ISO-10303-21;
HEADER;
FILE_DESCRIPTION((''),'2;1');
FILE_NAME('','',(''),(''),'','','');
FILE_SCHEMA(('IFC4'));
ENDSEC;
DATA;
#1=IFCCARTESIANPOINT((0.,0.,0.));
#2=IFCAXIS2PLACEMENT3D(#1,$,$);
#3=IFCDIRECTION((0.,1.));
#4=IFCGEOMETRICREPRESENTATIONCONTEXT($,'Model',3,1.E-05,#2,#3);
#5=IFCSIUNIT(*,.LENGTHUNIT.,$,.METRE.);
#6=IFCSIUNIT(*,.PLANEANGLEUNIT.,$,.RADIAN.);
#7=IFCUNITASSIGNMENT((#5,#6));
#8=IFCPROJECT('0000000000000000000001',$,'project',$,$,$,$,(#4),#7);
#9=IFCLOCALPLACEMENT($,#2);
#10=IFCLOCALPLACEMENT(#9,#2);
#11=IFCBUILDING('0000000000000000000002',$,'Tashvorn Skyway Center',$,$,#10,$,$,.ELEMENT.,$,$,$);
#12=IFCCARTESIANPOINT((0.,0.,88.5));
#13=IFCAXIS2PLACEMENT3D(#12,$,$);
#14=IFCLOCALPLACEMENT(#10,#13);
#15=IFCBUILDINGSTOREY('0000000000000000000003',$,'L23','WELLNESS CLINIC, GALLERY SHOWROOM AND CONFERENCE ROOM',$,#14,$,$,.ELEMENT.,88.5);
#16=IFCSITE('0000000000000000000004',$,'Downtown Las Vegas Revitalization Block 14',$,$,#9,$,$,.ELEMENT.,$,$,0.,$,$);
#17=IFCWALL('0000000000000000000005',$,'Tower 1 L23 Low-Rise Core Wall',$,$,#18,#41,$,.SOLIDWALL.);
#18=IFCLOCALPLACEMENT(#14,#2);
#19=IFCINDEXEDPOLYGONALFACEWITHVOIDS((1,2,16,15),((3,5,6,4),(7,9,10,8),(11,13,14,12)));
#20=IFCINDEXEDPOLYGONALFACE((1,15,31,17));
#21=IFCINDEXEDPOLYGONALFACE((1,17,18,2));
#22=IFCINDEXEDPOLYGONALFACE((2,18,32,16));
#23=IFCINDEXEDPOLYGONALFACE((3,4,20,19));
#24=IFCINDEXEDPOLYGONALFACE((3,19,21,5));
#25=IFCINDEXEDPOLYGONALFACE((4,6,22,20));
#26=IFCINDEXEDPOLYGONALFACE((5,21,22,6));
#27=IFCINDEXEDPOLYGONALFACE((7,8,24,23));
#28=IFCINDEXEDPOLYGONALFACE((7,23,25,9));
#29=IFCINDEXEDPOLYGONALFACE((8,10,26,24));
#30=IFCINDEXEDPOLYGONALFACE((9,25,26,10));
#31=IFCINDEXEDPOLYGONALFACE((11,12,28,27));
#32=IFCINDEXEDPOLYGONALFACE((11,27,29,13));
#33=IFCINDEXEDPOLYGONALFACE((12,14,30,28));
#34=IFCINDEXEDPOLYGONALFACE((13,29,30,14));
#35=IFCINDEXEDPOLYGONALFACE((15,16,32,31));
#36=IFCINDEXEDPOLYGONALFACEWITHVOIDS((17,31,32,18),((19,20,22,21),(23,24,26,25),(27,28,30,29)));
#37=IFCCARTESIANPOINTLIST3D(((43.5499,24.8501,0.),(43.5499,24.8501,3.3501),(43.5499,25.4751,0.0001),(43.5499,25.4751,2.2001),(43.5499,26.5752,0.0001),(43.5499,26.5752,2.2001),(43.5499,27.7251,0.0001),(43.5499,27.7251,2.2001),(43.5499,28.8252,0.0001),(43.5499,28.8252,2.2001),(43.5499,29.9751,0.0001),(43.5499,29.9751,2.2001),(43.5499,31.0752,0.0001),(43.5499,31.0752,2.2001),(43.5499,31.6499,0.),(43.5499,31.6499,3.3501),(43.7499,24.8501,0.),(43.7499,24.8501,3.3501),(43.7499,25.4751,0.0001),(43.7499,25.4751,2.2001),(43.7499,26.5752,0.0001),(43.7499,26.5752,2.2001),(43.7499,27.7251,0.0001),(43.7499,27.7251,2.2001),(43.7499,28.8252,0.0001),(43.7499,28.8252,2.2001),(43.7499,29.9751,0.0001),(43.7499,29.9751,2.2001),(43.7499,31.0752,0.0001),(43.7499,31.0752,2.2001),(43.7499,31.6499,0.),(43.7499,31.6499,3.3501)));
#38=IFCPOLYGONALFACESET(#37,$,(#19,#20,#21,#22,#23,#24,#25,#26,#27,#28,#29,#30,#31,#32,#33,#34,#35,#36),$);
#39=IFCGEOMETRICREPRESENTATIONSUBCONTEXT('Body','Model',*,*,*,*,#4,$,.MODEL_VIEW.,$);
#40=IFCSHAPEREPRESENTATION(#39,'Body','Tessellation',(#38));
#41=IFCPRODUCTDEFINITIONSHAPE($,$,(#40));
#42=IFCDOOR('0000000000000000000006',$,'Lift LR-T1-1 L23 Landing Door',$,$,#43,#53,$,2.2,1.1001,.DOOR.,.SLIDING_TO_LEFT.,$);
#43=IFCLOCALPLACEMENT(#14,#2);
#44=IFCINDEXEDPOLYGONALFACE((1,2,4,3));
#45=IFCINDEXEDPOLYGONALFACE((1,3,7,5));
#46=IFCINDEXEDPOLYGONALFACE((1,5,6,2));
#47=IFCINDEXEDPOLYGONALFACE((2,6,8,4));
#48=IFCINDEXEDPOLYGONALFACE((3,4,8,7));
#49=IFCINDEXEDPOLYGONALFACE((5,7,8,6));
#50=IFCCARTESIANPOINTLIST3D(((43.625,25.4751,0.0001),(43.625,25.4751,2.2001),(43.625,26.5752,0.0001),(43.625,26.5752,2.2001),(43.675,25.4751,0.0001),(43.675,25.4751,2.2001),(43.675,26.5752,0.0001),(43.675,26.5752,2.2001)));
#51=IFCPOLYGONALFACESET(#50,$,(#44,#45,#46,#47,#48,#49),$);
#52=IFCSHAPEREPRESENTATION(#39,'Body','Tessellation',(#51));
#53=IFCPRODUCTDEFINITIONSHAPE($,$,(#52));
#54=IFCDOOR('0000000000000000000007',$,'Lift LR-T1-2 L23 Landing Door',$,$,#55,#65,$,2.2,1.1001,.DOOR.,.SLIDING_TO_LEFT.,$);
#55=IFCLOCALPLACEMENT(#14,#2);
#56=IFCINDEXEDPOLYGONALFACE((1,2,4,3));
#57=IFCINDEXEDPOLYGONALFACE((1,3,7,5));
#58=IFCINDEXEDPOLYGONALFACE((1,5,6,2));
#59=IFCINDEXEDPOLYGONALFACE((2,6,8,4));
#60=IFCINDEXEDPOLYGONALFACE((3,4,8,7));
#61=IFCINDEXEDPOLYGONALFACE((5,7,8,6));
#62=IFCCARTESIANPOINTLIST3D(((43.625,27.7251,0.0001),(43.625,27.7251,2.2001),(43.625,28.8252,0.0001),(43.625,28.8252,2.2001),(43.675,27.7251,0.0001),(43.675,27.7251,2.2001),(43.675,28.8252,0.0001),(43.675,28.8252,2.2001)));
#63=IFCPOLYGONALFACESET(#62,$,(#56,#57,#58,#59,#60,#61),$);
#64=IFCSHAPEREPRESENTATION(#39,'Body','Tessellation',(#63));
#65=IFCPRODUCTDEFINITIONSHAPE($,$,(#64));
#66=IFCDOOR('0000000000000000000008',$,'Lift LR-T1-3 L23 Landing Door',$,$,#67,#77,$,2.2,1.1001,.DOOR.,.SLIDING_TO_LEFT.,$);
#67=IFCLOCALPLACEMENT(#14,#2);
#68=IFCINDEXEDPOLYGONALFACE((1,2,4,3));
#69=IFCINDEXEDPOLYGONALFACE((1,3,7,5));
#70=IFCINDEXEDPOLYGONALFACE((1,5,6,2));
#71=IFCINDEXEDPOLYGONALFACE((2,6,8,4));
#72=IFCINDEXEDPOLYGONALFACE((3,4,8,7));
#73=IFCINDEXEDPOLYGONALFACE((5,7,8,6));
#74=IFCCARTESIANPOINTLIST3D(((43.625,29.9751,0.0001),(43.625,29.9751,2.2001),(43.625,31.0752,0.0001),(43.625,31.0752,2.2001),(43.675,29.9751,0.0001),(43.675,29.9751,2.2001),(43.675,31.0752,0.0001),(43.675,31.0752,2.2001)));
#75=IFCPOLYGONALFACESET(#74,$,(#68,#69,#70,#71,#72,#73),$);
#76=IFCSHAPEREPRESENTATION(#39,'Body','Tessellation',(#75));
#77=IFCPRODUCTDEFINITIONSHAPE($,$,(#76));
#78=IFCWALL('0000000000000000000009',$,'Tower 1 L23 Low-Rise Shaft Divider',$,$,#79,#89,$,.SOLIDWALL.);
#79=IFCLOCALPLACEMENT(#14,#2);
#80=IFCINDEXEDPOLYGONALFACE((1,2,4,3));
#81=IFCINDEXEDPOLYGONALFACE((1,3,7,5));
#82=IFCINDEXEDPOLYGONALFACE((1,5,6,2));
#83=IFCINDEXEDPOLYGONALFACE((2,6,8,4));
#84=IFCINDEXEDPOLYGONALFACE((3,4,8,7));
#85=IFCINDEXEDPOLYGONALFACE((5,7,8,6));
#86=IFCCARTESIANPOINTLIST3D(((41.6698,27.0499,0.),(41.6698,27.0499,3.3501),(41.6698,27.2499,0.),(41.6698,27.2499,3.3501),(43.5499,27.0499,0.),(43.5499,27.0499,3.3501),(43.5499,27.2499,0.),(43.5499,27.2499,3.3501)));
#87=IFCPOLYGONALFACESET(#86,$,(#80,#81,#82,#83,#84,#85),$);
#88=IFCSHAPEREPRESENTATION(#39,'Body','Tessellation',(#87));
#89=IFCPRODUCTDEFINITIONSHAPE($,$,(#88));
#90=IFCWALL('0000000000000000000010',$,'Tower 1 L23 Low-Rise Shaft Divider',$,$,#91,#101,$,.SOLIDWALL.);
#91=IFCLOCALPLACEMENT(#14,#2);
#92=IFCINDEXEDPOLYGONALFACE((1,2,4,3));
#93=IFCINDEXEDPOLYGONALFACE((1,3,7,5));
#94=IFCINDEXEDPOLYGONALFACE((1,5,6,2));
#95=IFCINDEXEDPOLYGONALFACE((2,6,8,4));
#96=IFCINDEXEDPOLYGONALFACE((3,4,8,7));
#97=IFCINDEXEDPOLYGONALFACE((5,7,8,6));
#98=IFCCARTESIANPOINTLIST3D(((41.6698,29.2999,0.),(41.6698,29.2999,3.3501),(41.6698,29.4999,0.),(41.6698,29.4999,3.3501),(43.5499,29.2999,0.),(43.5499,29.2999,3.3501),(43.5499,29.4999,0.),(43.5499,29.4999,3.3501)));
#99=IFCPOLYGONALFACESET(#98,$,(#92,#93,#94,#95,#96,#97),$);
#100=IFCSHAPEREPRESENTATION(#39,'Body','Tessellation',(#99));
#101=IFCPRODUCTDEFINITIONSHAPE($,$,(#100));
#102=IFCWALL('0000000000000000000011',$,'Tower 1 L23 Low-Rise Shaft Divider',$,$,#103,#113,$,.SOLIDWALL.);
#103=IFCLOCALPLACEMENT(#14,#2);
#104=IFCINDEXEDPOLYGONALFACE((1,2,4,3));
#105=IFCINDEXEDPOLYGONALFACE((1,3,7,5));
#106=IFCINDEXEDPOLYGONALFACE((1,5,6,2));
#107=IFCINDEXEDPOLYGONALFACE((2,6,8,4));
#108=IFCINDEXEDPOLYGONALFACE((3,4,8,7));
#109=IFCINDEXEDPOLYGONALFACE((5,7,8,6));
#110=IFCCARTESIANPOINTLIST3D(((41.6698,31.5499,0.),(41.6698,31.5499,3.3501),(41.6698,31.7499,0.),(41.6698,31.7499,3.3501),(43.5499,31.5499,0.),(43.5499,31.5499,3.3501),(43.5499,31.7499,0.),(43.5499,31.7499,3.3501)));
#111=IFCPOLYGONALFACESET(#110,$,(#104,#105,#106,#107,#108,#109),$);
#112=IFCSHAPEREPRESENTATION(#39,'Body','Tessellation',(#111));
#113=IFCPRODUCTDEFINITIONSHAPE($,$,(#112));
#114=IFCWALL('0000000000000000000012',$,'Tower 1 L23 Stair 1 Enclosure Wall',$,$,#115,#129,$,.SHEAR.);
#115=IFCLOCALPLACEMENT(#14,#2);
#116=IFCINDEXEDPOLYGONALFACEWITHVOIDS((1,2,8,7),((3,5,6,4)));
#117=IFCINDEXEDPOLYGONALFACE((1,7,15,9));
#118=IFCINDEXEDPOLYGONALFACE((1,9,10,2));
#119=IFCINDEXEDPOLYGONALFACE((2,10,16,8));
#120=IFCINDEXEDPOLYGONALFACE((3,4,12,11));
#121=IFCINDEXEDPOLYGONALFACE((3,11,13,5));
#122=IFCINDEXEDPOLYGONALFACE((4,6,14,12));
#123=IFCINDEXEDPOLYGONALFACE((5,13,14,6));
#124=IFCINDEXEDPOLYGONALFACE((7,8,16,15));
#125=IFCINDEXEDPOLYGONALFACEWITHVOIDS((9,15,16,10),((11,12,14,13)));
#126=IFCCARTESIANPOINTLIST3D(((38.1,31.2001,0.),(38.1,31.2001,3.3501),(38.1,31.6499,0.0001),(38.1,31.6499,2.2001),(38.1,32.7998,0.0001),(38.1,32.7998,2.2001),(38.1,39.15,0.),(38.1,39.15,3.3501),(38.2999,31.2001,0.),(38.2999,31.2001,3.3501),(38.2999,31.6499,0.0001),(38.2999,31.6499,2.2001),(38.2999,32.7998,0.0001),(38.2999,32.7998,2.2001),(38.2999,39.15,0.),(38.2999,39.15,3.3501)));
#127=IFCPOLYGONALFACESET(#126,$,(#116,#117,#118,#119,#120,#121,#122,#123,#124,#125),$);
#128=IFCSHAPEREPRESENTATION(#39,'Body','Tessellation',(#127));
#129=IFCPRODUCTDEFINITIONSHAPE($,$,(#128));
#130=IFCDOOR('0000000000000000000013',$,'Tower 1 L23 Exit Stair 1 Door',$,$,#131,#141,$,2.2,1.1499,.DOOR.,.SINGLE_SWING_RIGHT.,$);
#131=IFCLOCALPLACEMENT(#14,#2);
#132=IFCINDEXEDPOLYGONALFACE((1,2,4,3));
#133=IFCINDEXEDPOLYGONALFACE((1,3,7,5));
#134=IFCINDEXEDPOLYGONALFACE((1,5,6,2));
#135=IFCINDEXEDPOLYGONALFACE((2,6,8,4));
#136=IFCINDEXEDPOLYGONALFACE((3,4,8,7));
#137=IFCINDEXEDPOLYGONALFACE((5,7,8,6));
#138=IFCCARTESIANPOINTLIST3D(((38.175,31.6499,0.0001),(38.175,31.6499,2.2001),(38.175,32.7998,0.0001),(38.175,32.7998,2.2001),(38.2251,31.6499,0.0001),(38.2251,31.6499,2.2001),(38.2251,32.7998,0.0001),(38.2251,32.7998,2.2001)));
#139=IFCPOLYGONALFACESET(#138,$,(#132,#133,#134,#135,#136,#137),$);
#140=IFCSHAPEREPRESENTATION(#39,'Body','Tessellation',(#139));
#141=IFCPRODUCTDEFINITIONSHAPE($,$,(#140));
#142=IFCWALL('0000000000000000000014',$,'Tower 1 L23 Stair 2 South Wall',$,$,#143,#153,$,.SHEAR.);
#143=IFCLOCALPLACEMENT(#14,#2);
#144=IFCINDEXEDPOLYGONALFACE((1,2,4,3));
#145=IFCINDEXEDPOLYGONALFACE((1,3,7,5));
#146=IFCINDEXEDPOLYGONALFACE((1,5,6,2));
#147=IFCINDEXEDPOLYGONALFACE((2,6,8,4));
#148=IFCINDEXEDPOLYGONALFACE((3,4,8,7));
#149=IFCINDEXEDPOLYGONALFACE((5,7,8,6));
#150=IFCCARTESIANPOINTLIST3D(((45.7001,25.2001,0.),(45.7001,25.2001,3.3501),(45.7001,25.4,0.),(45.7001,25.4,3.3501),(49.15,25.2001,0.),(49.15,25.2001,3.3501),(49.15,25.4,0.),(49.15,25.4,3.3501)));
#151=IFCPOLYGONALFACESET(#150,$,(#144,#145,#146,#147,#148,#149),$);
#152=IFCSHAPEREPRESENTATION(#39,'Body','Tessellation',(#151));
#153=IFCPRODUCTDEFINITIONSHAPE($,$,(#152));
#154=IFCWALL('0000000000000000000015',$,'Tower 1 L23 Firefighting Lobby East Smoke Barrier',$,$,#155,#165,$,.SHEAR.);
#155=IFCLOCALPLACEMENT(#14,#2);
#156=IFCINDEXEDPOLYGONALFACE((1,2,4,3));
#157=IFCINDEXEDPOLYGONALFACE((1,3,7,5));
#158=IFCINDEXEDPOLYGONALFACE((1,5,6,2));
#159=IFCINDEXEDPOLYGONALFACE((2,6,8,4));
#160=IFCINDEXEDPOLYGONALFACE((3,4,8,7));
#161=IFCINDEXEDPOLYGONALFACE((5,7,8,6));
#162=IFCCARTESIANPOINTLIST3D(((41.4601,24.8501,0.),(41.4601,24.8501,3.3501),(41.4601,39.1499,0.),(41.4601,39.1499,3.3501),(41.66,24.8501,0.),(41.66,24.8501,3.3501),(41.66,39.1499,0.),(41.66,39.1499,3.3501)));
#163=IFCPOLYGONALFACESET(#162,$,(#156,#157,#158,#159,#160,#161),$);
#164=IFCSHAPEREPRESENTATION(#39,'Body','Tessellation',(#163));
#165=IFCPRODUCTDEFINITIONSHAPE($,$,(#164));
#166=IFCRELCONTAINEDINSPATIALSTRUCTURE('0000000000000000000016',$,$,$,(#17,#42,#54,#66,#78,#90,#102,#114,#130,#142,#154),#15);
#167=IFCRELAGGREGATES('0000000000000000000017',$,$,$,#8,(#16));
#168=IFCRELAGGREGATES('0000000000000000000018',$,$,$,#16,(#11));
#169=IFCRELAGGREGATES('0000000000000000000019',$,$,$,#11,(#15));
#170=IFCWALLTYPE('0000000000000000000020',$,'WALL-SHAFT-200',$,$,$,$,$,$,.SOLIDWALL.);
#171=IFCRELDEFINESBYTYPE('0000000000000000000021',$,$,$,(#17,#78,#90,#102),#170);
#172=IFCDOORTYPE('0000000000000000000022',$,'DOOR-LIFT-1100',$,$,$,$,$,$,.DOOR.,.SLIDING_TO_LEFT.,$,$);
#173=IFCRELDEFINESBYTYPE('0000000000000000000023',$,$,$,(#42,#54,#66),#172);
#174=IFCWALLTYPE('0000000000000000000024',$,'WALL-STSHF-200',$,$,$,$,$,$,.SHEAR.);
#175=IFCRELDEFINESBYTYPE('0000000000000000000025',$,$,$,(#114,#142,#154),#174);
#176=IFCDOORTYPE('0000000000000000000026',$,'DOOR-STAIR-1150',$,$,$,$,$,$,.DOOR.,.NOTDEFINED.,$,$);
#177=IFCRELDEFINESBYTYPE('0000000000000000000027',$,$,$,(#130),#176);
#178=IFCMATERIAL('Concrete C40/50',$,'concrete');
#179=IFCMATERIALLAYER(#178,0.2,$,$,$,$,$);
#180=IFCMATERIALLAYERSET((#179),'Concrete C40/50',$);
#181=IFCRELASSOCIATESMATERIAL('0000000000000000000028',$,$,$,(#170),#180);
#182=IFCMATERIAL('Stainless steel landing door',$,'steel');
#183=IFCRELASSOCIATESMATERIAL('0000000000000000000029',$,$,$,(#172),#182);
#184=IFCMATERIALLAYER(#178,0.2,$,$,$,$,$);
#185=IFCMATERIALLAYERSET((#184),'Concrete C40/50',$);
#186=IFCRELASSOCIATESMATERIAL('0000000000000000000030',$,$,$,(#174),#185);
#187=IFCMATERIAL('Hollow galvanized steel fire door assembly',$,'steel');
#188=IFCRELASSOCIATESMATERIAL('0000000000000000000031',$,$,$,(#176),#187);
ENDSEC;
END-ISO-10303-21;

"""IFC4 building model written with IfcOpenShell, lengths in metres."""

from ifc_helpers import new_model, si_unit, direction, frame, frame_2d, origin, place, context, subcontext, project, spatial, rectangle, extrude, material, layer, layer_set, type_object, element, fill, save


model = new_model("IFC4")

# Units and contexts
model_context = context("Model", 3, precision=1e-05, world=origin(), true_north=direction((0.0, 1.0)))
body_context = subcontext(model_context, "Body", "Model", "MODEL_VIEW")
ifc_project = project(units=[si_unit("LENGTHUNIT", "METRE"), si_unit("PLANEANGLEUNIT", "RADIAN")], contexts=[model_context])

# Site, building, storey
site_placement = place(None, origin())
site = spatial("IfcSite", under=ifc_project, at=site_placement, Name="Downtown Las Vegas Revitalization Block 14", CompositionType="ELEMENT", RefElevation=0.0)
building_placement = place(site_placement, origin())
building = spatial("IfcBuilding", under=site, at=building_placement, Name="Tashvorn Skyway Center", CompositionType="ELEMENT")
storey_placement = place(building_placement, frame((0.0, 0.0, 88.5)))
storey = spatial("IfcBuildingStorey", under=building, at=storey_placement, Name="L23", Description="WELLNESS CLINIC, GALLERY SHOWROOM AND CONFERENCE ROOM", CompositionType="ELEMENT", Elevation=88.5)

# Shared definitions
ifc_material_1 = material(Name="Concrete C40/50", Category="concrete")
ifc_material_2 = material(Name="Hollow galvanized steel fire door assembly", Category="steel")

# Wall, openings, doors
ifc_layer_1 = layer(ifc_material_1, 0.2)
ifc_layer_set_1 = layer_set([ifc_layer_1], Name="Concrete C40/50")
wall_type_1 = type_object("IfcWallType", Name="WALL-SHAFT-200", PredefinedType="SOLIDWALL", material=ifc_layer_set_1)
wall_1_placement = place(storey_placement, frame((43.6499, 24.8501, 0.0), z_axis=(0.0, 0.0, 1.0), x_axis=(0.0, 1.0, 0.0)))
wall_1 = element("IfcWall", 1, at=wall_1_placement, inside=storey, type_object=wall_type_1, Name="Tower 1 L23 Low-Rise Core Wall", PredefinedType="SOLIDWALL", context=body_context, shape_type="SweptSolid", body=[
    extrude(rectangle(XDim=6.7998, YDim=0.2, at=frame_2d((3.3999, 0.0))), origin(), (0.0, 0.0, 1.0), 3.3501),
])
opening_1_placement = place(wall_1_placement, frame((0.625, 0.0, 0.0)))
opening_1 = element("IfcOpeningElement", 2, at=opening_1_placement, cuts=wall_1, PredefinedType="OPENING", context=body_context, shape_type="SweptSolid", body=[
    extrude(rectangle(XDim=1.1001, YDim=2.2, at=frame_2d((0.55, 1.1001))), frame((0.0, 0.1099, 0.0), z_axis=(0.0, -1.0, 0.0), x_axis=(1.0, 0.0, 0.0)), (0.0, 0.0, 1.0), 0.22),
])
opening_2_placement = place(wall_1_placement, frame((2.875, 0.0, 0.0)))
opening_2 = element("IfcOpeningElement", 3, at=opening_2_placement, cuts=wall_1, PredefinedType="OPENING", context=body_context, shape_type="SweptSolid", body=[
    extrude(rectangle(XDim=1.1001, YDim=2.2, at=frame_2d((0.55, 1.1001))), frame((0.0, 0.1099, 0.0), z_axis=(0.0, -1.0, 0.0), x_axis=(1.0, 0.0, 0.0)), (0.0, 0.0, 1.0), 0.22),
])
opening_3_placement = place(wall_1_placement, frame((5.125, 0.0, 0.0)))
opening_3 = element("IfcOpeningElement", 4, at=opening_3_placement, cuts=wall_1, PredefinedType="OPENING", context=body_context, shape_type="SweptSolid", body=[
    extrude(rectangle(XDim=1.1001, YDim=2.2, at=frame_2d((0.55, 1.1001))), frame((0.0, 0.1099, 0.0), z_axis=(0.0, -1.0, 0.0), x_axis=(1.0, 0.0, 0.0)), (0.0, 0.0, 1.0), 0.22),
])
ifc_material_3 = material(Name="Stainless steel landing door", Category="steel")
door_type_1 = type_object("IfcDoorType", Name="DOOR-LIFT-1100", OperationType="SLIDING_TO_LEFT", PredefinedType="DOOR", material=ifc_material_3)
door_1_placement = place(opening_1_placement, origin())
door_1 = element("IfcDoor", 5, at=door_1_placement, inside=storey, type_object=door_type_1, Name="Lift LR-T1-1 L23 Landing Door", OperationType="SLIDING_TO_LEFT", OverallHeight=2.2, OverallWidth=1.1001, PredefinedType="DOOR", context=body_context, shape_type="SweptSolid", body=[
    extrude(rectangle(XDim=1.1001, YDim=2.2, at=frame_2d((0.55, 1.1001))), frame((0.0, 0.0249, 0.0), z_axis=(0.0, -1.0, 0.0), x_axis=(1.0, 0.0, 0.0)), (0.0, 0.0, 1.0), 0.05),
])
fill(opening_1, door_1)
door_2_placement = place(opening_2_placement, origin())
door_2 = element("IfcDoor", 6, at=door_2_placement, inside=storey, type_object=door_type_1, Name="Lift LR-T1-2 L23 Landing Door", OperationType="SLIDING_TO_LEFT", OverallHeight=2.2, OverallWidth=1.1001, PredefinedType="DOOR", context=body_context, shape_type="SweptSolid", body=[
    extrude(rectangle(XDim=1.1001, YDim=2.2, at=frame_2d((0.55, 1.1001))), frame((0.0, 0.0249, 0.0), z_axis=(0.0, -1.0, 0.0), x_axis=(1.0, 0.0, 0.0)), (0.0, 0.0, 1.0), 0.05),
])
fill(opening_2, door_2)
door_3_placement = place(opening_3_placement, origin())
door_3 = element("IfcDoor", 7, at=door_3_placement, inside=storey, type_object=door_type_1, Name="Lift LR-T1-3 L23 Landing Door", OperationType="SLIDING_TO_LEFT", OverallHeight=2.2, OverallWidth=1.1001, PredefinedType="DOOR", context=body_context, shape_type="SweptSolid", body=[
    extrude(rectangle(XDim=1.1001, YDim=2.2, at=frame_2d((0.55, 1.1001))), frame((0.0, 0.0249, 0.0), z_axis=(0.0, -1.0, 0.0), x_axis=(1.0, 0.0, 0.0)), (0.0, 0.0, 1.0), 0.05),
])
fill(opening_3, door_3)

# Walls
for number, where, z_axis, x_axis, name in (
    (8, (41.6699, 27.1499, 0.0), (0.0, 0.0, 1.0), (1.0, 0.0, 0.0), "Tower 1 L23 Low-Rise Shaft Divider"),
    (9, (41.6699, 29.3999, 0.0), (0.0, 0.0, 1.0), (1.0, 0.0, 0.0), "Tower 1 L23 Low-Rise Shaft Divider"),
    (10, (41.6699, 31.6499, 0.0), (0.0, 0.0, 1.0), (1.0, 0.0, 0.0), "Tower 1 L23 Low-Rise Shaft Divider"),
):
    element("IfcWall", number, at=place(storey_placement, frame(where, z_axis=z_axis, x_axis=x_axis)), inside=storey, type_object=wall_type_1, Name=name, PredefinedType="SOLIDWALL", context=body_context, shape_type="SweptSolid", body=[
        extrude(rectangle(XDim=1.8801, YDim=0.2, at=frame_2d((0.9399, 0.0))), origin(), (0.0, 0.0, 1.0), 3.3501),
    ])

# Wall, opening, door
ifc_layer_2 = layer(ifc_material_1, 0.2)
ifc_layer_set_2 = layer_set([ifc_layer_2], Name="Concrete C40/50")
wall_type_2 = type_object("IfcWallType", Name="WALL-STSHF-200", PredefinedType="SHEAR", material=ifc_layer_set_2)
wall_2_placement = place(storey_placement, frame((38.2, 31.2, 0.0), z_axis=(0.0, 0.0, 1.0), x_axis=(0.0, 1.0, 0.0)))
wall_2 = element("IfcWall", 11, at=wall_2_placement, inside=storey, type_object=wall_type_2, Name="Tower 1 L23 Stair 1 Enclosure Wall", PredefinedType="SHEAR", context=body_context, shape_type="SweptSolid", body=[
    extrude(rectangle(XDim=7.95, YDim=0.2, at=frame_2d((3.9751, 0.0))), origin(), (0.0, 0.0, 1.0), 3.3501),
])
opening_4_placement = place(wall_2_placement, frame((0.45, 0.0, 0.0)))
opening_4 = element("IfcOpeningElement", 12, at=opening_4_placement, cuts=wall_2, PredefinedType="OPENING", context=body_context, shape_type="SweptSolid", body=[
    extrude(rectangle(XDim=1.1499, YDim=2.2, at=frame_2d((0.575, 1.1001))), frame((0.0, 0.1099, 0.0), z_axis=(0.0, -1.0, 0.0), x_axis=(1.0, 0.0, 0.0)), (0.0, 0.0, 1.0), 0.22),
])
door_type_2 = type_object("IfcDoorType", Name="DOOR-STAIR-1150", OperationType="NOTDEFINED", PredefinedType="DOOR", material=ifc_material_2)
door_4_placement = place(opening_4_placement, origin())
door_4 = element("IfcDoor", 13, at=door_4_placement, inside=storey, type_object=door_type_2, Name="Tower 1 L23 Exit Stair 1 Door", OperationType="SINGLE_SWING_RIGHT", OverallHeight=2.2, OverallWidth=1.1499, PredefinedType="DOOR", context=body_context, shape_type="SweptSolid", body=[
    extrude(rectangle(XDim=1.1499, YDim=2.2, at=frame_2d((0.575, 1.1001))), frame((0.0, 0.0249, 0.0), z_axis=(0.0, -1.0, 0.0), x_axis=(1.0, 0.0, 0.0)), (0.0, 0.0, 1.0), 0.05),
])
fill(opening_4, door_4)

# Walls
wall_3_placement = place(storey_placement, frame((45.7, 25.3, 0.0), z_axis=(0.0, 0.0, 1.0), x_axis=(1.0, 0.0, 0.0)))
element("IfcWall", 14, at=wall_3_placement, inside=storey, type_object=wall_type_2, Name="Tower 1 L23 Stair 2 South Wall", PredefinedType="SHEAR", context=body_context, shape_type="SweptSolid", body=[
    extrude(rectangle(XDim=3.45, YDim=0.2, at=frame_2d((1.7251, 0.0))), origin(), (0.0, 0.0, 1.0), 3.3501),
])
wall_4_placement = place(storey_placement, frame((41.5601, 24.8501, 0.0), z_axis=(0.0, 0.0, 1.0), x_axis=(0.0, 1.0, 0.0)))
element("IfcWall", 15, at=wall_4_placement, inside=storey, type_object=wall_type_2, Name="Tower 1 L23 Firefighting Lobby East Smoke Barrier", PredefinedType="SHEAR", context=body_context, shape_type="SweptSolid", body=[
    extrude(rectangle(XDim=14.2998, YDim=0.2, at=frame_2d((7.1499, 0.0))), origin(), (0.0, 0.0, 1.0), 3.3501),
])

save(model, "model.ifc")
